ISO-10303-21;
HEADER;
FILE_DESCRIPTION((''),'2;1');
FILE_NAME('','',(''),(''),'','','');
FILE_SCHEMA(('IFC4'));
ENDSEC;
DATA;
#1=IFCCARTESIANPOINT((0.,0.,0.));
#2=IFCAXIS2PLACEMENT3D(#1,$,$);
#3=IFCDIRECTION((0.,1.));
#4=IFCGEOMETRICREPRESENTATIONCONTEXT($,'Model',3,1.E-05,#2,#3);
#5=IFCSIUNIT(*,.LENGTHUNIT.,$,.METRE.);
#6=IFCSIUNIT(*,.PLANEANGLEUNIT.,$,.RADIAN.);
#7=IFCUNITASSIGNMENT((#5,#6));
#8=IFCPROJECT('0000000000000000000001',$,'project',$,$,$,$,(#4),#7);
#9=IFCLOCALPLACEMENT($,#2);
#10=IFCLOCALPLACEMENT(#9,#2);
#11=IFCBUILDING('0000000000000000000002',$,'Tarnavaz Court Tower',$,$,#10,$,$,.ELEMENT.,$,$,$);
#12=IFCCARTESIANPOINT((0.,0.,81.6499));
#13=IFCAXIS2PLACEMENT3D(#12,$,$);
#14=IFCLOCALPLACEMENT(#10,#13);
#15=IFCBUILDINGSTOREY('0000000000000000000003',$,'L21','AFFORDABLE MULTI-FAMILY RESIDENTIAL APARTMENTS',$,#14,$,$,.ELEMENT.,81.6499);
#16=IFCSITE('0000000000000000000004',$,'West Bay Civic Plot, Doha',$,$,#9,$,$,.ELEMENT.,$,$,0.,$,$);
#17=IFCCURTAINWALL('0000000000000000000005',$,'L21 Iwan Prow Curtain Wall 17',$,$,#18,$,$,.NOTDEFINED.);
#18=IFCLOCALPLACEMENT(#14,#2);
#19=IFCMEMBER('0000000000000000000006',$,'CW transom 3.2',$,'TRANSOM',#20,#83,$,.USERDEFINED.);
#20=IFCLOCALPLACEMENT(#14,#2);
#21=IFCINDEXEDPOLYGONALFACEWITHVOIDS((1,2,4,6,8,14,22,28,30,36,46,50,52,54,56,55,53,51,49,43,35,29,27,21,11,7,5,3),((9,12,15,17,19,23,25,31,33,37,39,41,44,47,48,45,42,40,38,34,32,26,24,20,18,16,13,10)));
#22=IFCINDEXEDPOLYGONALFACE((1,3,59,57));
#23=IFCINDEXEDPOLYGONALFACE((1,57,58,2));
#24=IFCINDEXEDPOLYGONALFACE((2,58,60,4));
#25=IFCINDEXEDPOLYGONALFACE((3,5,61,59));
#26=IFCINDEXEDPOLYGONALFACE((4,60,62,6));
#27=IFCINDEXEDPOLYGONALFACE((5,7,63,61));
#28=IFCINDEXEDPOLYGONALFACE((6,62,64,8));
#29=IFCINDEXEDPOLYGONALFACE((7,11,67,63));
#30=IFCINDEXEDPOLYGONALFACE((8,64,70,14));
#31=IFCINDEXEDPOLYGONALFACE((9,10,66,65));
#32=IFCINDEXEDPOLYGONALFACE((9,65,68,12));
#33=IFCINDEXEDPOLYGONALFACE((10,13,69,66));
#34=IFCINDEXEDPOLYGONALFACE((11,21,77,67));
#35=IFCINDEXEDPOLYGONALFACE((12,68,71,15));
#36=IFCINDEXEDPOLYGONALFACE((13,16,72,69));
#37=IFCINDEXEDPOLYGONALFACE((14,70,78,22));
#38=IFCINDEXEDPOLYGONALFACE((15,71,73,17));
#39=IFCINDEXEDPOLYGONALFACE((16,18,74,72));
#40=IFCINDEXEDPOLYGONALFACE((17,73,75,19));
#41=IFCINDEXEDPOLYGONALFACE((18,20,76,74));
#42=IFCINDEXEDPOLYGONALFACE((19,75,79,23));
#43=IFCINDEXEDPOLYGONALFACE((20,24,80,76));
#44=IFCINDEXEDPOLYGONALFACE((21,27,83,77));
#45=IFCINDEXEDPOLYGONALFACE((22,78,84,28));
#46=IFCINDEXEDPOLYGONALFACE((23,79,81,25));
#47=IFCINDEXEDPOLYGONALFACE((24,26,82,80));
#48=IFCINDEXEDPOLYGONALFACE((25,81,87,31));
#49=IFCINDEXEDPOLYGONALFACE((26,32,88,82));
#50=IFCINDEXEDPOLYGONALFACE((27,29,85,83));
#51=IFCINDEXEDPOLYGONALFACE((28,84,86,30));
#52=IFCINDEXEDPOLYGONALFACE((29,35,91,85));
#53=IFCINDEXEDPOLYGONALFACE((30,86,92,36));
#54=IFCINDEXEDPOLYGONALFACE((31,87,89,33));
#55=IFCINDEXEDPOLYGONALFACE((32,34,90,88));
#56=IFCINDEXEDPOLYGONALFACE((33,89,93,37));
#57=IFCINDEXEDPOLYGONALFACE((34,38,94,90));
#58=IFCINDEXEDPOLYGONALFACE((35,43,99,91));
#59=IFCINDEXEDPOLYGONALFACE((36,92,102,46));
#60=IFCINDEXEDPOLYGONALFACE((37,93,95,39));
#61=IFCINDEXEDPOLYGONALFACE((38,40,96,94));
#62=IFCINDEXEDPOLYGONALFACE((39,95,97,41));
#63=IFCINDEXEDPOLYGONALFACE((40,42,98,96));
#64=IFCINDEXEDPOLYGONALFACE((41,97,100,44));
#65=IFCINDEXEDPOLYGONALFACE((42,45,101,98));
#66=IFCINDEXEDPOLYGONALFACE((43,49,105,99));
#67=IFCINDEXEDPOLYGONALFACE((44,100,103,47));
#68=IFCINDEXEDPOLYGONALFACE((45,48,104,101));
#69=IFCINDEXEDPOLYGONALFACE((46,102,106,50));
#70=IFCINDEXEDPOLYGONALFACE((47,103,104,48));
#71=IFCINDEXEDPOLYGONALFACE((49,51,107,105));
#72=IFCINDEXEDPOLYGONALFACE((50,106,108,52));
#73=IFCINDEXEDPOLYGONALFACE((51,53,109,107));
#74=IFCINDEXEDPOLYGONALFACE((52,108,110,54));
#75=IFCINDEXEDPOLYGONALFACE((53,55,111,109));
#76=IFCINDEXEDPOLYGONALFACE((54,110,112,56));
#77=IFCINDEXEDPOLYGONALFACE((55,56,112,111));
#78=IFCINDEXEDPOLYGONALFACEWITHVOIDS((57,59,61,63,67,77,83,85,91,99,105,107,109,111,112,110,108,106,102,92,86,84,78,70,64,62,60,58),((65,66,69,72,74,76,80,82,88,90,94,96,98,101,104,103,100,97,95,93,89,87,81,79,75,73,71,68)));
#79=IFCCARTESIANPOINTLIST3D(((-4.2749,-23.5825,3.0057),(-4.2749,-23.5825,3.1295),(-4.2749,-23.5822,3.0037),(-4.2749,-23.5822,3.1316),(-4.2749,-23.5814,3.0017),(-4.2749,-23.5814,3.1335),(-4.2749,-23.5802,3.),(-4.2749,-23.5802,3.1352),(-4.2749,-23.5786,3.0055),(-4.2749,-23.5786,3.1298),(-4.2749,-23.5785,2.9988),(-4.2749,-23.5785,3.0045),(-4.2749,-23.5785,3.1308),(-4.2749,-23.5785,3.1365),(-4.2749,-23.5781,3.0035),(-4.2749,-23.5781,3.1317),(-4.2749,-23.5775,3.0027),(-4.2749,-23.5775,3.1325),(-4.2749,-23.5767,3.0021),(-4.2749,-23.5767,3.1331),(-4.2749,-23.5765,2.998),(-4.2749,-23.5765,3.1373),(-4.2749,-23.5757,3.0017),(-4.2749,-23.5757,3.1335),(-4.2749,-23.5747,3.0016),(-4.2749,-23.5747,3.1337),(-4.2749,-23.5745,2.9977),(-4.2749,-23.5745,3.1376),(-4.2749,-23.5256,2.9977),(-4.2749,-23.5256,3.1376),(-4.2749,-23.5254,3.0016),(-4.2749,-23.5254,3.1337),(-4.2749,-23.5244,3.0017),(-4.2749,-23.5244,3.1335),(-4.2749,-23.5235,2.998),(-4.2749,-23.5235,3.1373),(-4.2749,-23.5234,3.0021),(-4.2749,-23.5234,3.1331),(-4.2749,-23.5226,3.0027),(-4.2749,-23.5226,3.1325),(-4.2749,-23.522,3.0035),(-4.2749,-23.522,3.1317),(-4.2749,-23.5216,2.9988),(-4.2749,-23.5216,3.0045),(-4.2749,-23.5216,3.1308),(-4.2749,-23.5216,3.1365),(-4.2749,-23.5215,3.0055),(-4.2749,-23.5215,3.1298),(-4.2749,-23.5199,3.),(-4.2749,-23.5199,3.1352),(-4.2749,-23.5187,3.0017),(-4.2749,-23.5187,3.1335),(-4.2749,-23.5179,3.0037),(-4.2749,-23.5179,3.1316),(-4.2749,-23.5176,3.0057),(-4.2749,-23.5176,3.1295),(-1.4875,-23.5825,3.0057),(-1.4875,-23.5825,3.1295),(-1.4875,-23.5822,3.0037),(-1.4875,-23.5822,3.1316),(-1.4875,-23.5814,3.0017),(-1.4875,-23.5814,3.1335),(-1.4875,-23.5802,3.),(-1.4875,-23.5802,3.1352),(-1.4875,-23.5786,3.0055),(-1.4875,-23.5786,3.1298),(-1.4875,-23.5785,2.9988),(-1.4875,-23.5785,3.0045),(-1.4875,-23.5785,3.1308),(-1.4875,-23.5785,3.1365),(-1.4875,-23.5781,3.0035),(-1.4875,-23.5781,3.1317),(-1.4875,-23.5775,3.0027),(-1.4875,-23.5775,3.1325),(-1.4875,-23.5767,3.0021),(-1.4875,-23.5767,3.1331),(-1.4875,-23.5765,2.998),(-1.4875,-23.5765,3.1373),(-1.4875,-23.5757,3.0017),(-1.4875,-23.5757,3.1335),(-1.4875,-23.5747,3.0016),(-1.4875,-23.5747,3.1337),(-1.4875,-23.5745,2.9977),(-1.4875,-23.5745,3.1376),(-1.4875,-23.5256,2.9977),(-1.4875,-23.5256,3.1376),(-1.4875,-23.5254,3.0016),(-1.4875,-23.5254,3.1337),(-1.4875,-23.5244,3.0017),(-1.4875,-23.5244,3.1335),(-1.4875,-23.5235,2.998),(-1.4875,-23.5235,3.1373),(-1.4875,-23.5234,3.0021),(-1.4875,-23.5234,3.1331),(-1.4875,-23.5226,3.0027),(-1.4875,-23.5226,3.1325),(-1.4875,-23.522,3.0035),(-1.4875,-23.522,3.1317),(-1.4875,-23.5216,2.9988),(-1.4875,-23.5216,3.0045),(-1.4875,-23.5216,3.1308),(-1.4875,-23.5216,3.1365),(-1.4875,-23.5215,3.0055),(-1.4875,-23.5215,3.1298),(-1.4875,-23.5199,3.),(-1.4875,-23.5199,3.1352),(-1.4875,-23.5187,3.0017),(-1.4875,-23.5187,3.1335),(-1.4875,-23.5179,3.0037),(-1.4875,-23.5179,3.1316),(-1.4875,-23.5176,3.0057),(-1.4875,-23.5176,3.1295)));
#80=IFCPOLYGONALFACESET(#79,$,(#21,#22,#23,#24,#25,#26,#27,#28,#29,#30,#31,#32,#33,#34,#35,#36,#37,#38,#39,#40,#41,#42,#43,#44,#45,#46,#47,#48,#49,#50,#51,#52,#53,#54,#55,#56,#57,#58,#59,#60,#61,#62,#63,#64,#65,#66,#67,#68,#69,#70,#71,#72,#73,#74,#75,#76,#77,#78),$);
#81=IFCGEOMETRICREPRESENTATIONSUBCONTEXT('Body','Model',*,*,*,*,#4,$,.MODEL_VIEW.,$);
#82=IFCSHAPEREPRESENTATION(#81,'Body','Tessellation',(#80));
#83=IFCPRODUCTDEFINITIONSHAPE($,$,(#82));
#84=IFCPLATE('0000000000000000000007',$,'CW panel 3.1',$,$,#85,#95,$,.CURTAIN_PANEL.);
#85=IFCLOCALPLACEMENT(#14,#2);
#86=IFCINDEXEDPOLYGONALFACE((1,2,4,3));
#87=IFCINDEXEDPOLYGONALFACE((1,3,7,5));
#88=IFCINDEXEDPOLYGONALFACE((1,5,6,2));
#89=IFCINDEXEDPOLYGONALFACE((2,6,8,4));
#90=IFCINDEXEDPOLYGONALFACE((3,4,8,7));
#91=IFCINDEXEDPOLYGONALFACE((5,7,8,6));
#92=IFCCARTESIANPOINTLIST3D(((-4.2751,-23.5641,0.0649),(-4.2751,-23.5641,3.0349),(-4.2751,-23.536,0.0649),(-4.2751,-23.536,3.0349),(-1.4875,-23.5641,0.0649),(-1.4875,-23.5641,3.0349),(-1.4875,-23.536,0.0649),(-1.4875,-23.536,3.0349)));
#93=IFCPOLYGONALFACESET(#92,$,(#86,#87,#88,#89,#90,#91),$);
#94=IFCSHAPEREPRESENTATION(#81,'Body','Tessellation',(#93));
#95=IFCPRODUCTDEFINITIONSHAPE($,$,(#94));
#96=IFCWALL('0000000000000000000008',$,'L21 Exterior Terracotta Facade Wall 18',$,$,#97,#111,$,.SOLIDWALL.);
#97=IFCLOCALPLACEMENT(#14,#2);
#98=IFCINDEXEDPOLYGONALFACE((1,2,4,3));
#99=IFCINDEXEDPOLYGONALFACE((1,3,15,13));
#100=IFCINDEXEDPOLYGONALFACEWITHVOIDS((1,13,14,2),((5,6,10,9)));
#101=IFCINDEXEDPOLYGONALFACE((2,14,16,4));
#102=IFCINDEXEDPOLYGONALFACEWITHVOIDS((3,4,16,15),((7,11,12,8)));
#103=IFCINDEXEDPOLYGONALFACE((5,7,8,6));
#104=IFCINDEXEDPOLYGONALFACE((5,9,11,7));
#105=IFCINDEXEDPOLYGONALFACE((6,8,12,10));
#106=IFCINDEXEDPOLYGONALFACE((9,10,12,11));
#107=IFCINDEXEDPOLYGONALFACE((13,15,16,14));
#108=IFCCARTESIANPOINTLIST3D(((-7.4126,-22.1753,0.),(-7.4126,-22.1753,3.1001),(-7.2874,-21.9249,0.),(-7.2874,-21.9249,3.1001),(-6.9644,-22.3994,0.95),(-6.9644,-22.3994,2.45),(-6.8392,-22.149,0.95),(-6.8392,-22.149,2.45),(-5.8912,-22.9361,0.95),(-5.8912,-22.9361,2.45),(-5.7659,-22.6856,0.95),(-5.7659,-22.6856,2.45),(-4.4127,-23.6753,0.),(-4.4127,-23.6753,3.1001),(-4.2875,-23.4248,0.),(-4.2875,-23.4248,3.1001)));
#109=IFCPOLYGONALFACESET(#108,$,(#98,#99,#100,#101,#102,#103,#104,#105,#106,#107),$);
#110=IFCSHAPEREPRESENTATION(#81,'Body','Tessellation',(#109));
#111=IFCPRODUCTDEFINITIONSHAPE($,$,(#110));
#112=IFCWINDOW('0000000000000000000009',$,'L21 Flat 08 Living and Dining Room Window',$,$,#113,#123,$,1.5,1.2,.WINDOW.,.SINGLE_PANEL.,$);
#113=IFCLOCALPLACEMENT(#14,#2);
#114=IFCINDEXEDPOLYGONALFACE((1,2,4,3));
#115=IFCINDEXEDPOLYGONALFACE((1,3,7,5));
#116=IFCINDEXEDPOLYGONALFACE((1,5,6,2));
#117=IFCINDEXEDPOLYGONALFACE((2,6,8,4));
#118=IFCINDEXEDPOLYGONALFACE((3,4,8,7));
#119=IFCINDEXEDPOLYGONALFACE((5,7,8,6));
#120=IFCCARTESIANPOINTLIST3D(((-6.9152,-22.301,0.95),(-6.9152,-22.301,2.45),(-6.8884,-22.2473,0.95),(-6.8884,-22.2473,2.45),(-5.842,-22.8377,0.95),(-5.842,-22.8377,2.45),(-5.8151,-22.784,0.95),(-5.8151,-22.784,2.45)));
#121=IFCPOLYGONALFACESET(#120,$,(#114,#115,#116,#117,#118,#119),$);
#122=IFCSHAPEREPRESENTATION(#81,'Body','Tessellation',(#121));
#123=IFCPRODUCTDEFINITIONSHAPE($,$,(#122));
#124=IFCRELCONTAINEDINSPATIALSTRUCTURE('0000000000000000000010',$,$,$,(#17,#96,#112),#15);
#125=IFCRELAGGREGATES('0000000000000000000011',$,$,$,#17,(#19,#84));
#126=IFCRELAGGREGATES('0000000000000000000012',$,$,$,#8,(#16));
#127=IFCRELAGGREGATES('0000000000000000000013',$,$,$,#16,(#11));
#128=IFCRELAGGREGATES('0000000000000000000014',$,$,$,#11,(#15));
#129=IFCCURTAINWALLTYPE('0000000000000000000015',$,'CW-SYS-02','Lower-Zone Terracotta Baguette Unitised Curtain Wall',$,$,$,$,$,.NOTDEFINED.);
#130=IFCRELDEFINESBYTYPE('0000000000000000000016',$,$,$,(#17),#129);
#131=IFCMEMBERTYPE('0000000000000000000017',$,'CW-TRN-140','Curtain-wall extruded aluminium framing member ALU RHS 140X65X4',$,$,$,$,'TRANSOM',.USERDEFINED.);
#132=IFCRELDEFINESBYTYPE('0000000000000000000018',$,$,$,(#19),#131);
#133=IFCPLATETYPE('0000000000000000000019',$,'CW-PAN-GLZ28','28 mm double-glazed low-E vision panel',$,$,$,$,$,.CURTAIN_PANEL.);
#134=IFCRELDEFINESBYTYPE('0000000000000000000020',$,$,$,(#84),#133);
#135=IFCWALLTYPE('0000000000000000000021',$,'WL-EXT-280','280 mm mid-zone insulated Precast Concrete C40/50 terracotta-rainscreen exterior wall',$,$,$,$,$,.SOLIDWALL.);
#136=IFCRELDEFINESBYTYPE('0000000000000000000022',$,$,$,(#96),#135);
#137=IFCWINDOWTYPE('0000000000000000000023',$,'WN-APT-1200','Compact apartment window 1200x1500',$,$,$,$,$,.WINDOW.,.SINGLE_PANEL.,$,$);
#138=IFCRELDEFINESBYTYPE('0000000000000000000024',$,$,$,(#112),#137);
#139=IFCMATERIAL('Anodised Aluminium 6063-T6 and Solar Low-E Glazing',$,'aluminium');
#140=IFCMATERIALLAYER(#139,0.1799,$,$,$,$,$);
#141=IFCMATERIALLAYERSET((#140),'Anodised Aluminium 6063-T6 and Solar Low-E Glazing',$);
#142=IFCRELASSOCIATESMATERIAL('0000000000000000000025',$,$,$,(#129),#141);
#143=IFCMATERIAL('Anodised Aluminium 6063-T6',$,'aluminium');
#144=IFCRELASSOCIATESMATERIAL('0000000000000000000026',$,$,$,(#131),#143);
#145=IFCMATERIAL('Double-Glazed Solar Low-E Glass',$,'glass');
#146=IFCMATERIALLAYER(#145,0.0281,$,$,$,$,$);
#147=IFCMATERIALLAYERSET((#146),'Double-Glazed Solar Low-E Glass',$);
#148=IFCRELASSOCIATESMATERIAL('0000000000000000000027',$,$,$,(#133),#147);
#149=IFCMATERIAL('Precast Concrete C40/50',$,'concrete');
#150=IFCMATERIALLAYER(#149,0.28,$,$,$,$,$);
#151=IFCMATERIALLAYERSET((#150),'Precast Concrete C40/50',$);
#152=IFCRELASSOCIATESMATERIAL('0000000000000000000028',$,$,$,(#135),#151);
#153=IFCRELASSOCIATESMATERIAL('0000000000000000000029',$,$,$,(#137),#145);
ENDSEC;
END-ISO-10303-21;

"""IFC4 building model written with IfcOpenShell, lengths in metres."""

from ifc_helpers import new_model, si_unit, direction, frame, frame_2d, origin, origin_2d, place, context, subcontext, project, spatial, rectangle, hollow_rectangle, extrude, material, layer, layer_set, material_profile, profile_set, type_object, element, fill, aggregate, save


model = new_model("IFC4")

# Units and contexts
model_context = context("Model", 3, precision=1e-05, world=origin(), true_north=direction((0.0, 1.0)))
body_context = subcontext(model_context, "Body", "Model", "MODEL_VIEW")
ifc_project = project(units=[si_unit("LENGTHUNIT", "METRE"), si_unit("PLANEANGLEUNIT", "RADIAN")], contexts=[model_context])

# Site, building, storey
site_placement = place(None, origin())
site = spatial("IfcSite", under=ifc_project, at=site_placement, Name="West Bay Civic Plot, Doha", CompositionType="ELEMENT", RefElevation=0.0)
building_placement = place(site_placement, origin())
building = spatial("IfcBuilding", under=site, at=building_placement, Name="Tarnavaz Court Tower", CompositionType="ELEMENT")
storey_placement = place(building_placement, frame((0.0, 0.0, 81.6499)))
storey = spatial("IfcBuildingStorey", under=building, at=storey_placement, Name="L21", Description="AFFORDABLE MULTI-FAMILY RESIDENTIAL APARTMENTS", CompositionType="ELEMENT", Elevation=81.6499)

# Curtain wall, member, plate
ifc_material_1 = material(Name="Anodised Aluminium 6063-T6 and Solar Low-E Glazing", Category="aluminium")
ifc_layer_1 = layer(ifc_material_1, 0.1799)
ifc_layer_set_1 = layer_set([ifc_layer_1], Name="Anodised Aluminium 6063-T6 and Solar Low-E Glazing")
curtain_wall_type = type_object("IfcCurtainWallType", Name="CW-SYS-02", Description="Lower-Zone Terracotta Baguette Unitised Curtain Wall", PredefinedType="NOTDEFINED", material=ifc_layer_set_1)
curtain_wall_placement = place(storey_placement, origin())
curtain_wall = element("IfcCurtainWall", 1, at=curtain_wall_placement, inside=storey, type_object=curtain_wall_type, Name="L21 Iwan Prow Curtain Wall 17", PredefinedType="NOTDEFINED")
ifc_material_2 = material(Name="Anodised Aluminium 6063-T6", Category="aluminium")
ifc_material_profile_1 = material_profile(ifc_material_2, hollow_rectangle(XDim=0.0649, YDim=0.1399, WallThickness=0.0039, InnerFilletRadius=0.0039, OuterFilletRadius=0.0081, at=origin_2d()), Name="ALU RHS 140X65X4")
ifc_profile_set_1 = profile_set([ifc_material_profile_1], Name="Anodised Aluminium 6063-T6")
member_type_1 = type_object("IfcMemberType", Name="CW-TRN-140", Description="Curtain-wall extruded aluminium framing member ALU RHS 140X65X4", ElementType="TRANSOM", PredefinedType="USERDEFINED", material=ifc_profile_set_1)
member_1_placement = place(storey_placement, frame((-1.4875, -23.55, 3.0676), z_axis=(-1.0, 0.0, 0.0), x_axis=(0.0, -1.0, 0.0)))
member_1 = element("IfcMember", 2, at=member_1_placement, type_object=member_type_1, Name="CW transom 3.2", ObjectType="TRANSOM", PredefinedType="USERDEFINED", context=body_context, shape_type="SweptSolid", body=[
    extrude(hollow_rectangle(XDim=0.0649, YDim=0.1399, WallThickness=0.0039, InnerFilletRadius=0.0039, OuterFilletRadius=0.0081, at=origin_2d()), origin(), (0.0, 0.0, 1.0), 2.7874),
])
ifc_material_3 = material(Name="Double-Glazed Solar Low-E Glass", Category="glass")
ifc_layer_2 = layer(ifc_material_3, 0.0281)
ifc_layer_set_2 = layer_set([ifc_layer_2], Name="Double-Glazed Solar Low-E Glass")
plate_type = type_object("IfcPlateType", Name="CW-PAN-GLZ28", Description="28 mm double-glazed low-E vision panel", PredefinedType="CURTAIN_PANEL", material=ifc_layer_set_2)
plate_placement = place(storey_placement, frame((-2.8813, -23.55, 0.0649), z_axis=(0.0, 0.0, 1.0), x_axis=(-1.0, 0.0, 0.0)))
plate = element("IfcPlate", 3, at=plate_placement, type_object=plate_type, Name="CW panel 3.1", PredefinedType="CURTAIN_PANEL", context=body_context, shape_type="SweptSolid", body=[
    extrude(rectangle(XDim=2.7876, YDim=0.0281, at=origin_2d()), origin(), (0.0, 0.0, 1.0), 2.97),
])
aggregate(curtain_wall, [member_1, plate])

# Wall, opening, window
ifc_material_4 = material(Name="Precast Concrete C40/50", Category="concrete")
ifc_layer_3 = layer(ifc_material_4, 0.28)
ifc_layer_set_3 = layer_set([ifc_layer_3], Name="Precast Concrete C40/50")
wall_type_1 = type_object("IfcWallType", Name="WL-EXT-280", Description="280 mm mid-zone insulated Precast Concrete C40/50 terracotta-rainscreen exterior wall", PredefinedType="SOLIDWALL", material=ifc_layer_set_3)
wall_1_placement = place(storey_placement, frame((-4.3501, -23.55, 0.0), z_axis=(0.0, 0.0, 1.0), x_axis=(-0.894427, 0.447214, 0.0)))
wall_1 = element("IfcWall", 4, at=wall_1_placement, inside=storey, type_object=wall_type_1, Name="L21 Exterior Terracotta Facade Wall 18", PredefinedType="SOLIDWALL", context=body_context, shape_type="SweptSolid", body=[
    extrude(rectangle(XDim=3.354, YDim=0.28, at=frame_2d((1.677, 0.0))), origin(), (0.0, 0.0, 1.0), 3.1001),
])
opening_1_placement = place(wall_1_placement, frame((1.6528, 0.0, 0.95)))
opening_1 = element("IfcOpeningElement", 5, at=opening_1_placement, cuts=wall_1, PredefinedType="OPENING", context=body_context, shape_type="SweptSolid", body=[
    extrude(rectangle(XDim=1.2, YDim=1.5, at=frame_2d((0.6001, 0.75))), frame((0.0, 0.1499, 0.0), z_axis=(0.0, -1.0, 0.0), x_axis=(1.0, 0.0, 0.0)), (0.0, 0.0, 1.0), 0.3),
])
window_type_1 = type_object("IfcWindowType", Name="WN-APT-1200", Description="Compact apartment window 1200x1500", PartitioningType="SINGLE_PANEL", PredefinedType="WINDOW", material=ifc_material_3)
window_1_placement = place(opening_1_placement, origin())
window_1 = element("IfcWindow", 6, at=window_1_placement, inside=storey, type_object=window_type_1, Name="L21 Flat 08 Living and Dining Room Window", OverallHeight=1.5, OverallWidth=1.2, PartitioningType="SINGLE_PANEL", PredefinedType="WINDOW", context=body_context, shape_type="SweptSolid", body=[
    extrude(rectangle(XDim=1.2, YDim=1.5, at=frame_2d((0.6001, 0.75))), frame((0.0, 0.03, 0.0), z_axis=(0.0, -1.0, 0.0), x_axis=(1.0, 0.0, 0.0)), (0.0, 0.0, 1.0), 0.0601),
])
fill(opening_1, window_1)

save(model, "model.ifc")
